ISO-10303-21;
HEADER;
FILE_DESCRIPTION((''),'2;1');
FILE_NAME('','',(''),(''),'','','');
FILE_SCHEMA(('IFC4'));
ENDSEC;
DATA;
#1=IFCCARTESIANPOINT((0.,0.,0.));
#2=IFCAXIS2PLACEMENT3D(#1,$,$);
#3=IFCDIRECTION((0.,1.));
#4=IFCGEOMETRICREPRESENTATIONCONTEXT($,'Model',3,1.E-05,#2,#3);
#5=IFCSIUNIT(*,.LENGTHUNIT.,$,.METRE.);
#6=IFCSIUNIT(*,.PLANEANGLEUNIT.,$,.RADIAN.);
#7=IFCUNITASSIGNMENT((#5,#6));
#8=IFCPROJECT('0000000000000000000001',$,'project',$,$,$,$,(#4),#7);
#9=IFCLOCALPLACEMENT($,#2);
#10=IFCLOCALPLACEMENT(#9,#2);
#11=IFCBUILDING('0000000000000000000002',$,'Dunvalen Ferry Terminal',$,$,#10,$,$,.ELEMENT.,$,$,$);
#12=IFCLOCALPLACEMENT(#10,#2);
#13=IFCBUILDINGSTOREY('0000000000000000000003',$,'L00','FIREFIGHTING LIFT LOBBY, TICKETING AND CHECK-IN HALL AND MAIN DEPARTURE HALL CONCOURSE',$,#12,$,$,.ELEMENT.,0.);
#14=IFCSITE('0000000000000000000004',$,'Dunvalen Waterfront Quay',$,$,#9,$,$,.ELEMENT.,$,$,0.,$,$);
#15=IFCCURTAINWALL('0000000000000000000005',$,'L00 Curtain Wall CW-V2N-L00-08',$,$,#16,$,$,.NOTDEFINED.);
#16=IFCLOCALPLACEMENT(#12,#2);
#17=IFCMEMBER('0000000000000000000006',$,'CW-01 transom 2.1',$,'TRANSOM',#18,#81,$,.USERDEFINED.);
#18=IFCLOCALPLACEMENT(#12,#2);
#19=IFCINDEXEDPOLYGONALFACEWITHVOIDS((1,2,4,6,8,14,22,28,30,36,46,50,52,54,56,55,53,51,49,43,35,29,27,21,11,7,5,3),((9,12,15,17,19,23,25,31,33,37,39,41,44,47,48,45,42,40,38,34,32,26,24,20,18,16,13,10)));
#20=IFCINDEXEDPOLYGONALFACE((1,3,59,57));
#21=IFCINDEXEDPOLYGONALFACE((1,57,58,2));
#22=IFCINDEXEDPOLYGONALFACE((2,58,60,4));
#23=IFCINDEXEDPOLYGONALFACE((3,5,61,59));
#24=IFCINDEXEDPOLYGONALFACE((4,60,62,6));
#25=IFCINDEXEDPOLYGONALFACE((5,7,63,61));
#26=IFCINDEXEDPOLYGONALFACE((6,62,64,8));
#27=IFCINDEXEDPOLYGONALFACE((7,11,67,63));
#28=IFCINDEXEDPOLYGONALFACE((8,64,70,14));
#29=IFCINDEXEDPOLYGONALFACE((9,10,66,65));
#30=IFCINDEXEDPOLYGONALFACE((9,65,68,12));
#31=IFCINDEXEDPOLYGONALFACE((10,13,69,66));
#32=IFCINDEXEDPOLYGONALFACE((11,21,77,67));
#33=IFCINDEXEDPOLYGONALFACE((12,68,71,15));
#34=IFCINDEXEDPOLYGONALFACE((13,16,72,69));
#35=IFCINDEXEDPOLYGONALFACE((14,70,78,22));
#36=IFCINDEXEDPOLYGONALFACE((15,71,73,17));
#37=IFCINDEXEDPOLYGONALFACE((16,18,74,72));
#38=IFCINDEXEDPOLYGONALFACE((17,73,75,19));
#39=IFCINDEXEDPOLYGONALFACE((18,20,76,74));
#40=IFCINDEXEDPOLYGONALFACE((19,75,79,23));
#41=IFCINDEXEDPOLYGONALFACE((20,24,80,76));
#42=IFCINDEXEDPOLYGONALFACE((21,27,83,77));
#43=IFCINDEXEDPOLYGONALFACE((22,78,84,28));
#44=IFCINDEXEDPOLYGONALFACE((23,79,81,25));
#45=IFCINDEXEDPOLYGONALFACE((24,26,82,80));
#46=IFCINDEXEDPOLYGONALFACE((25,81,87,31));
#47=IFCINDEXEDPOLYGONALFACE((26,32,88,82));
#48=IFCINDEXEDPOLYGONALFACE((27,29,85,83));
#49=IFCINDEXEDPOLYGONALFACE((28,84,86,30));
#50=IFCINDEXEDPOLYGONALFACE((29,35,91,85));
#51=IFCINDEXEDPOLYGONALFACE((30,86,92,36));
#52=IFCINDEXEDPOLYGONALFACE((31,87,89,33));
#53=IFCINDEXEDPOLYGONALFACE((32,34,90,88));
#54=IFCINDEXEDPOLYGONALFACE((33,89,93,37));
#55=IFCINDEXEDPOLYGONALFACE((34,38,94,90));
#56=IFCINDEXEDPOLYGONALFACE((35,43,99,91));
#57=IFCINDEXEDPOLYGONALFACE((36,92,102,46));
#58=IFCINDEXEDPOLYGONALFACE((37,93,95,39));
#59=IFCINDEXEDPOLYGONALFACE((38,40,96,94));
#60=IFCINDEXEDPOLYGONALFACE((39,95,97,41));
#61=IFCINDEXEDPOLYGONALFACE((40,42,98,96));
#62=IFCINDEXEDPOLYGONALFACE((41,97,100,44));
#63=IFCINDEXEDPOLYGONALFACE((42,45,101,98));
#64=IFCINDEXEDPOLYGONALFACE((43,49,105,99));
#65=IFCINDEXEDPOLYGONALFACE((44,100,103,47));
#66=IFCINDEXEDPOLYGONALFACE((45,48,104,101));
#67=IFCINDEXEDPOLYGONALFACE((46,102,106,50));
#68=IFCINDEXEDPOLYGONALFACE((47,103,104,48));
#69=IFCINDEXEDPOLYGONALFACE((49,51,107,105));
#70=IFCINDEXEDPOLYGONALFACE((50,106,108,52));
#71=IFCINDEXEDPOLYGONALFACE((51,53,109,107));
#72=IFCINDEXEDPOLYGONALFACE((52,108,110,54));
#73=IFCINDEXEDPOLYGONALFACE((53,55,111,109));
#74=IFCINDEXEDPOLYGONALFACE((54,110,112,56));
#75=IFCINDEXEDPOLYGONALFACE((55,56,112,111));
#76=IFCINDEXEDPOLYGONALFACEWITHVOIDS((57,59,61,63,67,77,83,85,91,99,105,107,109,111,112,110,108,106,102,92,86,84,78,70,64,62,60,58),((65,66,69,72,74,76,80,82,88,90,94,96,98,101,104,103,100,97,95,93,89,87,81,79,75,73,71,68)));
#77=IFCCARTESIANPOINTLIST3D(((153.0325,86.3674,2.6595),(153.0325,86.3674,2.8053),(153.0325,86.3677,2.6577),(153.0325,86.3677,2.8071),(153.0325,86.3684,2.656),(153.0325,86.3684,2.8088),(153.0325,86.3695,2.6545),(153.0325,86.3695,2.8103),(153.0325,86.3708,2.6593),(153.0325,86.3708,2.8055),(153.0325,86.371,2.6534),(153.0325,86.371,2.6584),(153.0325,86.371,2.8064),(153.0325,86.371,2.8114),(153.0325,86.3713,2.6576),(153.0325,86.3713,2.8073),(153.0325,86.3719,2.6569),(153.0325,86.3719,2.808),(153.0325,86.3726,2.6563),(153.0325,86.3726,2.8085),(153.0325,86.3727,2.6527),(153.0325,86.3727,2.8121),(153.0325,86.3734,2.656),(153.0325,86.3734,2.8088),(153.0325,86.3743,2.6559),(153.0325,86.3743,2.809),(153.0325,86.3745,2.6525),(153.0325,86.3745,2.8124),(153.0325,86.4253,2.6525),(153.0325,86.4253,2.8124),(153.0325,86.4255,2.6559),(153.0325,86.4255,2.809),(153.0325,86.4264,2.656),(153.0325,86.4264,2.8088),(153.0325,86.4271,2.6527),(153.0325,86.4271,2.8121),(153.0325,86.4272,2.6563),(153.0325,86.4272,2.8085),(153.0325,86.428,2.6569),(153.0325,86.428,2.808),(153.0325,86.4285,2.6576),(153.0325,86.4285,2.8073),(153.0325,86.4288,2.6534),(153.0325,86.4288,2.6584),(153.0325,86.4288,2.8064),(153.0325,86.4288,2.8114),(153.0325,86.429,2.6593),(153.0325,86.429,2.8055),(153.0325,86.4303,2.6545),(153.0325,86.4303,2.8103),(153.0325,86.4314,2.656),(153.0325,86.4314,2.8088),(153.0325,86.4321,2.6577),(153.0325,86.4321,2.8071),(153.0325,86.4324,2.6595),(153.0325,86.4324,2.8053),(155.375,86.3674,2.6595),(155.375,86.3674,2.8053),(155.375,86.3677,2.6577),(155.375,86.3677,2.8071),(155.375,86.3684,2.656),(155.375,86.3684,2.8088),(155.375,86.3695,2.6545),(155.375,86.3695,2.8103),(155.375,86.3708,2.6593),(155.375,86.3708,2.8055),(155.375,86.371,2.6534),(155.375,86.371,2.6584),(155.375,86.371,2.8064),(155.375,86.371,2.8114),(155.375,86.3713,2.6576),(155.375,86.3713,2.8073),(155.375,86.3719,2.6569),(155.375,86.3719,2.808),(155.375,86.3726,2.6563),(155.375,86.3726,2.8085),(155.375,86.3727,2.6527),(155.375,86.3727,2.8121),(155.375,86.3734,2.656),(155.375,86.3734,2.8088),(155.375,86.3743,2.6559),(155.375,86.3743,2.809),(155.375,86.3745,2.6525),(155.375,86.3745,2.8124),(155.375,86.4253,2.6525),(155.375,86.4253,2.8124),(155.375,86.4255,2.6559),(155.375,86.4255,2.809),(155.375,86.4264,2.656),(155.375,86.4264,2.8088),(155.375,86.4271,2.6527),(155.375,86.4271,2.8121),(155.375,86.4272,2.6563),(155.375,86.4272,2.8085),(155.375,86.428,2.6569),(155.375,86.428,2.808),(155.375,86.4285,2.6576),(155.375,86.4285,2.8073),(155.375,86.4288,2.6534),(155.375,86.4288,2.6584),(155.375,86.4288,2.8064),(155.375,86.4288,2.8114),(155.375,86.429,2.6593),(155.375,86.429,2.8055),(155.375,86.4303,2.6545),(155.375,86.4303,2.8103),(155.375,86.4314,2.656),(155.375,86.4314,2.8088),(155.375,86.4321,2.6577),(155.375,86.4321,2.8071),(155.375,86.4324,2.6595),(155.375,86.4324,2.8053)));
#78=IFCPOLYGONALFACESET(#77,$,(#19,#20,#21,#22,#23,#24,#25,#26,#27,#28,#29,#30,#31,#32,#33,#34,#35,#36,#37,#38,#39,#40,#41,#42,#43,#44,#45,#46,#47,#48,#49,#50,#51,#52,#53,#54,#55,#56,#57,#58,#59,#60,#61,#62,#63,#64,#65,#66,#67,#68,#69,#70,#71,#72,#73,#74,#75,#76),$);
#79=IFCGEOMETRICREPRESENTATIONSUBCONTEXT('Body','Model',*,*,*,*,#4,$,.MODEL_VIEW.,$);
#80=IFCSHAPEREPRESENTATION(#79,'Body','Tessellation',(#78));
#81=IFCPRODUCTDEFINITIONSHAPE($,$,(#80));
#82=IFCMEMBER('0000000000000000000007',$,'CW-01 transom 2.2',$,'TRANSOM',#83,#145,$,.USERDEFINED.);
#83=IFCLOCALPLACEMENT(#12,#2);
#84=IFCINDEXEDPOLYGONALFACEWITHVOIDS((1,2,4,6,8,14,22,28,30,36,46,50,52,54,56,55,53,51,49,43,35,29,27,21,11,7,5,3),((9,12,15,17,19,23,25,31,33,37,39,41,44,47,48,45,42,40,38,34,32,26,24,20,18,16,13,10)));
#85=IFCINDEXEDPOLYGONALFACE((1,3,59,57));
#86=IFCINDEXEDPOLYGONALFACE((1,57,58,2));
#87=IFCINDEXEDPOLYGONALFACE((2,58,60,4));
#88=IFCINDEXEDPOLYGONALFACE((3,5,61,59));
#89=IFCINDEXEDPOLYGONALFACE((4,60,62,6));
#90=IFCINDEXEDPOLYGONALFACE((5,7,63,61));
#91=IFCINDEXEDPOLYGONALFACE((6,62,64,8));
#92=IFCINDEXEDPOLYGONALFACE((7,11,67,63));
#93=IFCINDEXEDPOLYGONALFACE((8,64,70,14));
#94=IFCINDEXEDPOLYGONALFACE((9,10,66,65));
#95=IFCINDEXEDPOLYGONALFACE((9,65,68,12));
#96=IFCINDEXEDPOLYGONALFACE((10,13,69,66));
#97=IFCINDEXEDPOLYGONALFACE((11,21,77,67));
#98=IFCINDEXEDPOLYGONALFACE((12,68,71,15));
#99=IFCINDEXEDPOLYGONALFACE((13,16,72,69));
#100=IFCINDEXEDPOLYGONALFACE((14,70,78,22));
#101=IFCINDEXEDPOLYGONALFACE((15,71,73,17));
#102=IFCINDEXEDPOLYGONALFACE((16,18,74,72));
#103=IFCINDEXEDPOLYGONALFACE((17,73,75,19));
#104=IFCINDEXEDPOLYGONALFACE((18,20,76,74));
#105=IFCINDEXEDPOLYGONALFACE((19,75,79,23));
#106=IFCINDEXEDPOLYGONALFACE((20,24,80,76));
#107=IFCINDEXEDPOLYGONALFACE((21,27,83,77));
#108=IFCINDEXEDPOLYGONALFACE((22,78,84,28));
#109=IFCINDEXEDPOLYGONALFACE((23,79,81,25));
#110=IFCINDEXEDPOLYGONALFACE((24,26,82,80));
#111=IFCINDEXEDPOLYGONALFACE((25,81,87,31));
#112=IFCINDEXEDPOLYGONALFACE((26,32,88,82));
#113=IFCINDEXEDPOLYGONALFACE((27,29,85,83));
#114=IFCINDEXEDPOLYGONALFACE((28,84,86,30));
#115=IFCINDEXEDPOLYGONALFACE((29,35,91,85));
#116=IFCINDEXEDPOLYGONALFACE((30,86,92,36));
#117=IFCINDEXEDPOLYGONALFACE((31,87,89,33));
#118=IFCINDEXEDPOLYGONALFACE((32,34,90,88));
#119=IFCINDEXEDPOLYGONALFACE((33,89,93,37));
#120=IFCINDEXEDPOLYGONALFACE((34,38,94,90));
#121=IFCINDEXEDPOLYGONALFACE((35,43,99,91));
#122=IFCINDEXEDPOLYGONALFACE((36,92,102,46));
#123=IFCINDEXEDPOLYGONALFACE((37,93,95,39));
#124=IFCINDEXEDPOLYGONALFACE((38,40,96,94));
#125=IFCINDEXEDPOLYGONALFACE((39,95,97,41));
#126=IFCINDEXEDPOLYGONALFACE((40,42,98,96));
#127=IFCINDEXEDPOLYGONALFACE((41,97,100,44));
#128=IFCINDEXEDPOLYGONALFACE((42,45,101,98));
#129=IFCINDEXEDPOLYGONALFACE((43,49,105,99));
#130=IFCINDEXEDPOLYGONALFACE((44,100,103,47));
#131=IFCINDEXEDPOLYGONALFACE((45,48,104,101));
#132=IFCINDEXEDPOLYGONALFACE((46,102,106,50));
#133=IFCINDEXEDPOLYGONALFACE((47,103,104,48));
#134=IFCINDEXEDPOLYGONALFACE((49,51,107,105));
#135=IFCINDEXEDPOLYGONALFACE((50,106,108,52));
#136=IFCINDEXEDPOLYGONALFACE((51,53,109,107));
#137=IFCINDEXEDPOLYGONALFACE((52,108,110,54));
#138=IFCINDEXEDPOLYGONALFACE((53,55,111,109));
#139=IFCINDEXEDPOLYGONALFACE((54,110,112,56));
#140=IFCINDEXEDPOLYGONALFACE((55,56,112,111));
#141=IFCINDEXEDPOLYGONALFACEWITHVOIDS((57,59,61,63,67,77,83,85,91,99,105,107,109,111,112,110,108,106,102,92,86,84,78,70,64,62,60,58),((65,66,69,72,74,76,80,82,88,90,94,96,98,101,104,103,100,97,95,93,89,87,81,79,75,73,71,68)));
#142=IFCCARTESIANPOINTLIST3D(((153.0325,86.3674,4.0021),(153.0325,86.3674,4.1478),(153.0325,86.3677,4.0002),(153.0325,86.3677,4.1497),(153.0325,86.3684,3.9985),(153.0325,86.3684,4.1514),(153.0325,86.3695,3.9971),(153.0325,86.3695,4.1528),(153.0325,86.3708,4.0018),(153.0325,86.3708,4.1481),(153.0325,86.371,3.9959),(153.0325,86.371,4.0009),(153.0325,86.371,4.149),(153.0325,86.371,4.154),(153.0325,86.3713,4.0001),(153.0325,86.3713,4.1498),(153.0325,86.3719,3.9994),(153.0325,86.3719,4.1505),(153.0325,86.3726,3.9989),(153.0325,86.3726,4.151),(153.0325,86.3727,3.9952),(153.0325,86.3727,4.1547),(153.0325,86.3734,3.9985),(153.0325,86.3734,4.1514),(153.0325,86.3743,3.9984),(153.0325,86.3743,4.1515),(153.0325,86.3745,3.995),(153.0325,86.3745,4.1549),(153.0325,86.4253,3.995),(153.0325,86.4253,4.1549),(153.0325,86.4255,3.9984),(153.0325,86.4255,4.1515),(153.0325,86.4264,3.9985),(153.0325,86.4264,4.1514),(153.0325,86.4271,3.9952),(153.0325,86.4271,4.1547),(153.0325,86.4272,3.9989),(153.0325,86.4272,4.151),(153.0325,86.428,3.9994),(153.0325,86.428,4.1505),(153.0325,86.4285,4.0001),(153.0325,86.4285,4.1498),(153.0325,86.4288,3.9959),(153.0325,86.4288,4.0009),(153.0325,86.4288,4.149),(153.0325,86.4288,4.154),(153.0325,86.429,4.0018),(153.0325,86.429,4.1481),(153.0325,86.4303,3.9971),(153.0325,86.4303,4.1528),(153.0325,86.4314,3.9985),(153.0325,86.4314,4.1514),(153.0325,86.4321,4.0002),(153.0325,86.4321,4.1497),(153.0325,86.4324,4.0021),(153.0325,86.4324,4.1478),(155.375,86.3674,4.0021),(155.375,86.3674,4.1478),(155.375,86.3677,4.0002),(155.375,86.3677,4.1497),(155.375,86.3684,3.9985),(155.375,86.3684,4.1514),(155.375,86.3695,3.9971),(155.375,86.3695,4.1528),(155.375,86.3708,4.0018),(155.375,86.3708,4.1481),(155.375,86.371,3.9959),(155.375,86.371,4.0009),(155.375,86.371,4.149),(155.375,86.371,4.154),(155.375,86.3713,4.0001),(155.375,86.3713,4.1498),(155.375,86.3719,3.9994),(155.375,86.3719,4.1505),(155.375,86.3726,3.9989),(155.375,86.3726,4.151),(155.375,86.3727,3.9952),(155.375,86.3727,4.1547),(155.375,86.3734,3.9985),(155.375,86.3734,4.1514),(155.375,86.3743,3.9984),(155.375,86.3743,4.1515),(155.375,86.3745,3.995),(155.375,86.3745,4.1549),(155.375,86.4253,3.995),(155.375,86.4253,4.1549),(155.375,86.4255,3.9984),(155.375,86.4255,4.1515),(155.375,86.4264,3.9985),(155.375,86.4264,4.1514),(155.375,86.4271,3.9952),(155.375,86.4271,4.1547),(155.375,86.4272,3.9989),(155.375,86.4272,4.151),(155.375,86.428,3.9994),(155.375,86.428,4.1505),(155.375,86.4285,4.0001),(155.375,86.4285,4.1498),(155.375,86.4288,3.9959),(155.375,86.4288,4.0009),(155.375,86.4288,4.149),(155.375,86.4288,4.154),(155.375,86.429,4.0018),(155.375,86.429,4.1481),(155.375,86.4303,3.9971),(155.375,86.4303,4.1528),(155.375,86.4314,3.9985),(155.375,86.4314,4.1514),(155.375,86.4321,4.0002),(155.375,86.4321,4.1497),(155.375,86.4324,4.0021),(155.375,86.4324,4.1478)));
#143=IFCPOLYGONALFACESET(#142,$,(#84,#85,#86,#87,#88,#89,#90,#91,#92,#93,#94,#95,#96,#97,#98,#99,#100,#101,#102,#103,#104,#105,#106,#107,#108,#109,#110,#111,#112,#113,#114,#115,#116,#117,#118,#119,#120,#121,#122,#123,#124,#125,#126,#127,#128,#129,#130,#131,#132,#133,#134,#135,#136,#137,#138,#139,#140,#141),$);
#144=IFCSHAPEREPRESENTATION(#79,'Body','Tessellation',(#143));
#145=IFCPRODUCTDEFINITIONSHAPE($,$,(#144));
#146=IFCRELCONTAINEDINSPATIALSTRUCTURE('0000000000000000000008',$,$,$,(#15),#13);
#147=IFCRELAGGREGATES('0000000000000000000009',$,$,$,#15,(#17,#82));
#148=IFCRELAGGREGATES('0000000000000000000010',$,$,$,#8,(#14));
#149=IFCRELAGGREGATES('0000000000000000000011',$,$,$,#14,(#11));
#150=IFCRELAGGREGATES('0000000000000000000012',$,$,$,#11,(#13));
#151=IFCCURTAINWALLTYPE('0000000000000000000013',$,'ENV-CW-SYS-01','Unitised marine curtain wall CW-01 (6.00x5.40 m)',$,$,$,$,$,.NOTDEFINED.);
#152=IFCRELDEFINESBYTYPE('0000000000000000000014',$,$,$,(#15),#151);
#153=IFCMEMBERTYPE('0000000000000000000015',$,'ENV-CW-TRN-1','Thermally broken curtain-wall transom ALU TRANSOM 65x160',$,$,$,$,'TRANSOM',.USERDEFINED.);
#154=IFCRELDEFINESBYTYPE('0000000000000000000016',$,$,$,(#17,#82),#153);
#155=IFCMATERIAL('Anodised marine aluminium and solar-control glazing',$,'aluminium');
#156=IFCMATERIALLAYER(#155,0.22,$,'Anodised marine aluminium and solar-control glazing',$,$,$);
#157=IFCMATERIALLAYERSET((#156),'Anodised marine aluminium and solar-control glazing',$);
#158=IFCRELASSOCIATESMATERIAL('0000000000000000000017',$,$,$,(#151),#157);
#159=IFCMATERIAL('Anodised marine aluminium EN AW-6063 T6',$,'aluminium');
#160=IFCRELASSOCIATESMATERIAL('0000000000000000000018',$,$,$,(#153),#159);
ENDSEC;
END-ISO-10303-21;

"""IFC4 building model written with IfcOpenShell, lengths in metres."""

from ifc_helpers import new_model, si_unit, direction, frame, origin, origin_2d, place, context, subcontext, project, spatial, hollow_rectangle, extrude, material, layer, layer_set, material_profile, profile_set, type_object, element, aggregate, save


model = new_model("IFC4")

# Units and contexts
model_context = context("Model", 3, precision=1e-05, world=origin(), true_north=direction((0.0, 1.0)))
body_context = subcontext(model_context, "Body", "Model", "MODEL_VIEW")
ifc_project = project(units=[si_unit("LENGTHUNIT", "METRE"), si_unit("PLANEANGLEUNIT", "RADIAN")], contexts=[model_context])

# Site, building, storey
site_placement = place(None, origin())
site = spatial("IfcSite", under=ifc_project, at=site_placement, Name="Dunvalen Waterfront Quay", CompositionType="ELEMENT", RefElevation=0.0)
building_placement = place(site_placement, origin())
building = spatial("IfcBuilding", under=site, at=building_placement, Name="Dunvalen Ferry Terminal", CompositionType="ELEMENT")
storey_placement = place(building_placement, origin())
storey = spatial("IfcBuildingStorey", under=building, at=storey_placement, Name="L00", Description="FIREFIGHTING LIFT LOBBY, TICKETING AND CHECK-IN HALL AND MAIN DEPARTURE HALL CONCOURSE", CompositionType="ELEMENT", Elevation=0.0)

# Curtain wall
ifc_material_1 = material(Name="Anodised marine aluminium and solar-control glazing", Category="aluminium")
ifc_layer_1 = layer(ifc_material_1, 0.22, Name="Anodised marine aluminium and solar-control glazing")
ifc_layer_set_1 = layer_set([ifc_layer_1], Name="Anodised marine aluminium and solar-control glazing")
curtain_wall_type_1 = type_object("IfcCurtainWallType", Name="ENV-CW-SYS-01", Description="Unitised marine curtain wall CW-01 (6.00x5.40 m)", PredefinedType="NOTDEFINED", material=ifc_layer_set_1)
curtain_wall_1_placement = place(storey_placement, origin())
curtain_wall_1 = element("IfcCurtainWall", 1, at=curtain_wall_1_placement, inside=storey, type_object=curtain_wall_type_1, Name="L00 Curtain Wall CW-V2N-L00-08", PredefinedType="NOTDEFINED")
ifc_material_2 = material(Name="Anodised marine aluminium EN AW-6063 T6", Category="aluminium")

# Members
ifc_material_profile_1 = material_profile(ifc_material_2, hollow_rectangle(XDim=0.0649, YDim=0.1599, WallThickness=0.0034, InnerFilletRadius=0.0034, OuterFilletRadius=0.0071, at=origin_2d()), Name="Anodised marine aluminium EN AW-6063 T6")
ifc_profile_set_1 = profile_set([ifc_material_profile_1], Name="Anodised marine aluminium EN AW-6063 T6")
member_type_1 = type_object("IfcMemberType", Name="ENV-CW-TRN-1", Description="Thermally broken curtain-wall transom ALU TRANSOM 65x160", ElementType="TRANSOM", PredefinedType="USERDEFINED", material=ifc_profile_set_1)
member_1_placement = place(storey_placement, frame((153.0325, 86.3999, 2.7324), z_axis=(1.0, 0.0, 0.0), x_axis=(0.0, 1.0, 0.0)))
member_1 = element("IfcMember", 2, at=member_1_placement, type_object=member_type_1, Name="CW-01 transom 2.1", ObjectType="TRANSOM", PredefinedType="USERDEFINED", context=body_context, shape_type="SweptSolid", body=[
    extrude(hollow_rectangle(XDim=0.0649, YDim=0.1599, WallThickness=0.0034, InnerFilletRadius=0.0034, OuterFilletRadius=0.0071, at=origin_2d()), origin(), (0.0, 0.0, 1.0), 2.3425),
])
member_2_placement = place(storey_placement, frame((153.0325, 86.3999, 4.075), z_axis=(1.0, 0.0, 0.0), x_axis=(0.0, 1.0, 0.0)))
member_2 = element("IfcMember", 3, at=member_2_placement, type_object=member_type_1, Name="CW-01 transom 2.2", ObjectType="TRANSOM", PredefinedType="USERDEFINED", context=body_context, shape_type="SweptSolid", body=[
    extrude(hollow_rectangle(XDim=0.0649, YDim=0.1599, WallThickness=0.0034, InnerFilletRadius=0.0034, OuterFilletRadius=0.0071, at=origin_2d()), origin(), (0.0, 0.0, 1.0), 2.3425),
])

aggregate(curtain_wall_1, [member_1, member_2])

save(model, "model.ifc")
